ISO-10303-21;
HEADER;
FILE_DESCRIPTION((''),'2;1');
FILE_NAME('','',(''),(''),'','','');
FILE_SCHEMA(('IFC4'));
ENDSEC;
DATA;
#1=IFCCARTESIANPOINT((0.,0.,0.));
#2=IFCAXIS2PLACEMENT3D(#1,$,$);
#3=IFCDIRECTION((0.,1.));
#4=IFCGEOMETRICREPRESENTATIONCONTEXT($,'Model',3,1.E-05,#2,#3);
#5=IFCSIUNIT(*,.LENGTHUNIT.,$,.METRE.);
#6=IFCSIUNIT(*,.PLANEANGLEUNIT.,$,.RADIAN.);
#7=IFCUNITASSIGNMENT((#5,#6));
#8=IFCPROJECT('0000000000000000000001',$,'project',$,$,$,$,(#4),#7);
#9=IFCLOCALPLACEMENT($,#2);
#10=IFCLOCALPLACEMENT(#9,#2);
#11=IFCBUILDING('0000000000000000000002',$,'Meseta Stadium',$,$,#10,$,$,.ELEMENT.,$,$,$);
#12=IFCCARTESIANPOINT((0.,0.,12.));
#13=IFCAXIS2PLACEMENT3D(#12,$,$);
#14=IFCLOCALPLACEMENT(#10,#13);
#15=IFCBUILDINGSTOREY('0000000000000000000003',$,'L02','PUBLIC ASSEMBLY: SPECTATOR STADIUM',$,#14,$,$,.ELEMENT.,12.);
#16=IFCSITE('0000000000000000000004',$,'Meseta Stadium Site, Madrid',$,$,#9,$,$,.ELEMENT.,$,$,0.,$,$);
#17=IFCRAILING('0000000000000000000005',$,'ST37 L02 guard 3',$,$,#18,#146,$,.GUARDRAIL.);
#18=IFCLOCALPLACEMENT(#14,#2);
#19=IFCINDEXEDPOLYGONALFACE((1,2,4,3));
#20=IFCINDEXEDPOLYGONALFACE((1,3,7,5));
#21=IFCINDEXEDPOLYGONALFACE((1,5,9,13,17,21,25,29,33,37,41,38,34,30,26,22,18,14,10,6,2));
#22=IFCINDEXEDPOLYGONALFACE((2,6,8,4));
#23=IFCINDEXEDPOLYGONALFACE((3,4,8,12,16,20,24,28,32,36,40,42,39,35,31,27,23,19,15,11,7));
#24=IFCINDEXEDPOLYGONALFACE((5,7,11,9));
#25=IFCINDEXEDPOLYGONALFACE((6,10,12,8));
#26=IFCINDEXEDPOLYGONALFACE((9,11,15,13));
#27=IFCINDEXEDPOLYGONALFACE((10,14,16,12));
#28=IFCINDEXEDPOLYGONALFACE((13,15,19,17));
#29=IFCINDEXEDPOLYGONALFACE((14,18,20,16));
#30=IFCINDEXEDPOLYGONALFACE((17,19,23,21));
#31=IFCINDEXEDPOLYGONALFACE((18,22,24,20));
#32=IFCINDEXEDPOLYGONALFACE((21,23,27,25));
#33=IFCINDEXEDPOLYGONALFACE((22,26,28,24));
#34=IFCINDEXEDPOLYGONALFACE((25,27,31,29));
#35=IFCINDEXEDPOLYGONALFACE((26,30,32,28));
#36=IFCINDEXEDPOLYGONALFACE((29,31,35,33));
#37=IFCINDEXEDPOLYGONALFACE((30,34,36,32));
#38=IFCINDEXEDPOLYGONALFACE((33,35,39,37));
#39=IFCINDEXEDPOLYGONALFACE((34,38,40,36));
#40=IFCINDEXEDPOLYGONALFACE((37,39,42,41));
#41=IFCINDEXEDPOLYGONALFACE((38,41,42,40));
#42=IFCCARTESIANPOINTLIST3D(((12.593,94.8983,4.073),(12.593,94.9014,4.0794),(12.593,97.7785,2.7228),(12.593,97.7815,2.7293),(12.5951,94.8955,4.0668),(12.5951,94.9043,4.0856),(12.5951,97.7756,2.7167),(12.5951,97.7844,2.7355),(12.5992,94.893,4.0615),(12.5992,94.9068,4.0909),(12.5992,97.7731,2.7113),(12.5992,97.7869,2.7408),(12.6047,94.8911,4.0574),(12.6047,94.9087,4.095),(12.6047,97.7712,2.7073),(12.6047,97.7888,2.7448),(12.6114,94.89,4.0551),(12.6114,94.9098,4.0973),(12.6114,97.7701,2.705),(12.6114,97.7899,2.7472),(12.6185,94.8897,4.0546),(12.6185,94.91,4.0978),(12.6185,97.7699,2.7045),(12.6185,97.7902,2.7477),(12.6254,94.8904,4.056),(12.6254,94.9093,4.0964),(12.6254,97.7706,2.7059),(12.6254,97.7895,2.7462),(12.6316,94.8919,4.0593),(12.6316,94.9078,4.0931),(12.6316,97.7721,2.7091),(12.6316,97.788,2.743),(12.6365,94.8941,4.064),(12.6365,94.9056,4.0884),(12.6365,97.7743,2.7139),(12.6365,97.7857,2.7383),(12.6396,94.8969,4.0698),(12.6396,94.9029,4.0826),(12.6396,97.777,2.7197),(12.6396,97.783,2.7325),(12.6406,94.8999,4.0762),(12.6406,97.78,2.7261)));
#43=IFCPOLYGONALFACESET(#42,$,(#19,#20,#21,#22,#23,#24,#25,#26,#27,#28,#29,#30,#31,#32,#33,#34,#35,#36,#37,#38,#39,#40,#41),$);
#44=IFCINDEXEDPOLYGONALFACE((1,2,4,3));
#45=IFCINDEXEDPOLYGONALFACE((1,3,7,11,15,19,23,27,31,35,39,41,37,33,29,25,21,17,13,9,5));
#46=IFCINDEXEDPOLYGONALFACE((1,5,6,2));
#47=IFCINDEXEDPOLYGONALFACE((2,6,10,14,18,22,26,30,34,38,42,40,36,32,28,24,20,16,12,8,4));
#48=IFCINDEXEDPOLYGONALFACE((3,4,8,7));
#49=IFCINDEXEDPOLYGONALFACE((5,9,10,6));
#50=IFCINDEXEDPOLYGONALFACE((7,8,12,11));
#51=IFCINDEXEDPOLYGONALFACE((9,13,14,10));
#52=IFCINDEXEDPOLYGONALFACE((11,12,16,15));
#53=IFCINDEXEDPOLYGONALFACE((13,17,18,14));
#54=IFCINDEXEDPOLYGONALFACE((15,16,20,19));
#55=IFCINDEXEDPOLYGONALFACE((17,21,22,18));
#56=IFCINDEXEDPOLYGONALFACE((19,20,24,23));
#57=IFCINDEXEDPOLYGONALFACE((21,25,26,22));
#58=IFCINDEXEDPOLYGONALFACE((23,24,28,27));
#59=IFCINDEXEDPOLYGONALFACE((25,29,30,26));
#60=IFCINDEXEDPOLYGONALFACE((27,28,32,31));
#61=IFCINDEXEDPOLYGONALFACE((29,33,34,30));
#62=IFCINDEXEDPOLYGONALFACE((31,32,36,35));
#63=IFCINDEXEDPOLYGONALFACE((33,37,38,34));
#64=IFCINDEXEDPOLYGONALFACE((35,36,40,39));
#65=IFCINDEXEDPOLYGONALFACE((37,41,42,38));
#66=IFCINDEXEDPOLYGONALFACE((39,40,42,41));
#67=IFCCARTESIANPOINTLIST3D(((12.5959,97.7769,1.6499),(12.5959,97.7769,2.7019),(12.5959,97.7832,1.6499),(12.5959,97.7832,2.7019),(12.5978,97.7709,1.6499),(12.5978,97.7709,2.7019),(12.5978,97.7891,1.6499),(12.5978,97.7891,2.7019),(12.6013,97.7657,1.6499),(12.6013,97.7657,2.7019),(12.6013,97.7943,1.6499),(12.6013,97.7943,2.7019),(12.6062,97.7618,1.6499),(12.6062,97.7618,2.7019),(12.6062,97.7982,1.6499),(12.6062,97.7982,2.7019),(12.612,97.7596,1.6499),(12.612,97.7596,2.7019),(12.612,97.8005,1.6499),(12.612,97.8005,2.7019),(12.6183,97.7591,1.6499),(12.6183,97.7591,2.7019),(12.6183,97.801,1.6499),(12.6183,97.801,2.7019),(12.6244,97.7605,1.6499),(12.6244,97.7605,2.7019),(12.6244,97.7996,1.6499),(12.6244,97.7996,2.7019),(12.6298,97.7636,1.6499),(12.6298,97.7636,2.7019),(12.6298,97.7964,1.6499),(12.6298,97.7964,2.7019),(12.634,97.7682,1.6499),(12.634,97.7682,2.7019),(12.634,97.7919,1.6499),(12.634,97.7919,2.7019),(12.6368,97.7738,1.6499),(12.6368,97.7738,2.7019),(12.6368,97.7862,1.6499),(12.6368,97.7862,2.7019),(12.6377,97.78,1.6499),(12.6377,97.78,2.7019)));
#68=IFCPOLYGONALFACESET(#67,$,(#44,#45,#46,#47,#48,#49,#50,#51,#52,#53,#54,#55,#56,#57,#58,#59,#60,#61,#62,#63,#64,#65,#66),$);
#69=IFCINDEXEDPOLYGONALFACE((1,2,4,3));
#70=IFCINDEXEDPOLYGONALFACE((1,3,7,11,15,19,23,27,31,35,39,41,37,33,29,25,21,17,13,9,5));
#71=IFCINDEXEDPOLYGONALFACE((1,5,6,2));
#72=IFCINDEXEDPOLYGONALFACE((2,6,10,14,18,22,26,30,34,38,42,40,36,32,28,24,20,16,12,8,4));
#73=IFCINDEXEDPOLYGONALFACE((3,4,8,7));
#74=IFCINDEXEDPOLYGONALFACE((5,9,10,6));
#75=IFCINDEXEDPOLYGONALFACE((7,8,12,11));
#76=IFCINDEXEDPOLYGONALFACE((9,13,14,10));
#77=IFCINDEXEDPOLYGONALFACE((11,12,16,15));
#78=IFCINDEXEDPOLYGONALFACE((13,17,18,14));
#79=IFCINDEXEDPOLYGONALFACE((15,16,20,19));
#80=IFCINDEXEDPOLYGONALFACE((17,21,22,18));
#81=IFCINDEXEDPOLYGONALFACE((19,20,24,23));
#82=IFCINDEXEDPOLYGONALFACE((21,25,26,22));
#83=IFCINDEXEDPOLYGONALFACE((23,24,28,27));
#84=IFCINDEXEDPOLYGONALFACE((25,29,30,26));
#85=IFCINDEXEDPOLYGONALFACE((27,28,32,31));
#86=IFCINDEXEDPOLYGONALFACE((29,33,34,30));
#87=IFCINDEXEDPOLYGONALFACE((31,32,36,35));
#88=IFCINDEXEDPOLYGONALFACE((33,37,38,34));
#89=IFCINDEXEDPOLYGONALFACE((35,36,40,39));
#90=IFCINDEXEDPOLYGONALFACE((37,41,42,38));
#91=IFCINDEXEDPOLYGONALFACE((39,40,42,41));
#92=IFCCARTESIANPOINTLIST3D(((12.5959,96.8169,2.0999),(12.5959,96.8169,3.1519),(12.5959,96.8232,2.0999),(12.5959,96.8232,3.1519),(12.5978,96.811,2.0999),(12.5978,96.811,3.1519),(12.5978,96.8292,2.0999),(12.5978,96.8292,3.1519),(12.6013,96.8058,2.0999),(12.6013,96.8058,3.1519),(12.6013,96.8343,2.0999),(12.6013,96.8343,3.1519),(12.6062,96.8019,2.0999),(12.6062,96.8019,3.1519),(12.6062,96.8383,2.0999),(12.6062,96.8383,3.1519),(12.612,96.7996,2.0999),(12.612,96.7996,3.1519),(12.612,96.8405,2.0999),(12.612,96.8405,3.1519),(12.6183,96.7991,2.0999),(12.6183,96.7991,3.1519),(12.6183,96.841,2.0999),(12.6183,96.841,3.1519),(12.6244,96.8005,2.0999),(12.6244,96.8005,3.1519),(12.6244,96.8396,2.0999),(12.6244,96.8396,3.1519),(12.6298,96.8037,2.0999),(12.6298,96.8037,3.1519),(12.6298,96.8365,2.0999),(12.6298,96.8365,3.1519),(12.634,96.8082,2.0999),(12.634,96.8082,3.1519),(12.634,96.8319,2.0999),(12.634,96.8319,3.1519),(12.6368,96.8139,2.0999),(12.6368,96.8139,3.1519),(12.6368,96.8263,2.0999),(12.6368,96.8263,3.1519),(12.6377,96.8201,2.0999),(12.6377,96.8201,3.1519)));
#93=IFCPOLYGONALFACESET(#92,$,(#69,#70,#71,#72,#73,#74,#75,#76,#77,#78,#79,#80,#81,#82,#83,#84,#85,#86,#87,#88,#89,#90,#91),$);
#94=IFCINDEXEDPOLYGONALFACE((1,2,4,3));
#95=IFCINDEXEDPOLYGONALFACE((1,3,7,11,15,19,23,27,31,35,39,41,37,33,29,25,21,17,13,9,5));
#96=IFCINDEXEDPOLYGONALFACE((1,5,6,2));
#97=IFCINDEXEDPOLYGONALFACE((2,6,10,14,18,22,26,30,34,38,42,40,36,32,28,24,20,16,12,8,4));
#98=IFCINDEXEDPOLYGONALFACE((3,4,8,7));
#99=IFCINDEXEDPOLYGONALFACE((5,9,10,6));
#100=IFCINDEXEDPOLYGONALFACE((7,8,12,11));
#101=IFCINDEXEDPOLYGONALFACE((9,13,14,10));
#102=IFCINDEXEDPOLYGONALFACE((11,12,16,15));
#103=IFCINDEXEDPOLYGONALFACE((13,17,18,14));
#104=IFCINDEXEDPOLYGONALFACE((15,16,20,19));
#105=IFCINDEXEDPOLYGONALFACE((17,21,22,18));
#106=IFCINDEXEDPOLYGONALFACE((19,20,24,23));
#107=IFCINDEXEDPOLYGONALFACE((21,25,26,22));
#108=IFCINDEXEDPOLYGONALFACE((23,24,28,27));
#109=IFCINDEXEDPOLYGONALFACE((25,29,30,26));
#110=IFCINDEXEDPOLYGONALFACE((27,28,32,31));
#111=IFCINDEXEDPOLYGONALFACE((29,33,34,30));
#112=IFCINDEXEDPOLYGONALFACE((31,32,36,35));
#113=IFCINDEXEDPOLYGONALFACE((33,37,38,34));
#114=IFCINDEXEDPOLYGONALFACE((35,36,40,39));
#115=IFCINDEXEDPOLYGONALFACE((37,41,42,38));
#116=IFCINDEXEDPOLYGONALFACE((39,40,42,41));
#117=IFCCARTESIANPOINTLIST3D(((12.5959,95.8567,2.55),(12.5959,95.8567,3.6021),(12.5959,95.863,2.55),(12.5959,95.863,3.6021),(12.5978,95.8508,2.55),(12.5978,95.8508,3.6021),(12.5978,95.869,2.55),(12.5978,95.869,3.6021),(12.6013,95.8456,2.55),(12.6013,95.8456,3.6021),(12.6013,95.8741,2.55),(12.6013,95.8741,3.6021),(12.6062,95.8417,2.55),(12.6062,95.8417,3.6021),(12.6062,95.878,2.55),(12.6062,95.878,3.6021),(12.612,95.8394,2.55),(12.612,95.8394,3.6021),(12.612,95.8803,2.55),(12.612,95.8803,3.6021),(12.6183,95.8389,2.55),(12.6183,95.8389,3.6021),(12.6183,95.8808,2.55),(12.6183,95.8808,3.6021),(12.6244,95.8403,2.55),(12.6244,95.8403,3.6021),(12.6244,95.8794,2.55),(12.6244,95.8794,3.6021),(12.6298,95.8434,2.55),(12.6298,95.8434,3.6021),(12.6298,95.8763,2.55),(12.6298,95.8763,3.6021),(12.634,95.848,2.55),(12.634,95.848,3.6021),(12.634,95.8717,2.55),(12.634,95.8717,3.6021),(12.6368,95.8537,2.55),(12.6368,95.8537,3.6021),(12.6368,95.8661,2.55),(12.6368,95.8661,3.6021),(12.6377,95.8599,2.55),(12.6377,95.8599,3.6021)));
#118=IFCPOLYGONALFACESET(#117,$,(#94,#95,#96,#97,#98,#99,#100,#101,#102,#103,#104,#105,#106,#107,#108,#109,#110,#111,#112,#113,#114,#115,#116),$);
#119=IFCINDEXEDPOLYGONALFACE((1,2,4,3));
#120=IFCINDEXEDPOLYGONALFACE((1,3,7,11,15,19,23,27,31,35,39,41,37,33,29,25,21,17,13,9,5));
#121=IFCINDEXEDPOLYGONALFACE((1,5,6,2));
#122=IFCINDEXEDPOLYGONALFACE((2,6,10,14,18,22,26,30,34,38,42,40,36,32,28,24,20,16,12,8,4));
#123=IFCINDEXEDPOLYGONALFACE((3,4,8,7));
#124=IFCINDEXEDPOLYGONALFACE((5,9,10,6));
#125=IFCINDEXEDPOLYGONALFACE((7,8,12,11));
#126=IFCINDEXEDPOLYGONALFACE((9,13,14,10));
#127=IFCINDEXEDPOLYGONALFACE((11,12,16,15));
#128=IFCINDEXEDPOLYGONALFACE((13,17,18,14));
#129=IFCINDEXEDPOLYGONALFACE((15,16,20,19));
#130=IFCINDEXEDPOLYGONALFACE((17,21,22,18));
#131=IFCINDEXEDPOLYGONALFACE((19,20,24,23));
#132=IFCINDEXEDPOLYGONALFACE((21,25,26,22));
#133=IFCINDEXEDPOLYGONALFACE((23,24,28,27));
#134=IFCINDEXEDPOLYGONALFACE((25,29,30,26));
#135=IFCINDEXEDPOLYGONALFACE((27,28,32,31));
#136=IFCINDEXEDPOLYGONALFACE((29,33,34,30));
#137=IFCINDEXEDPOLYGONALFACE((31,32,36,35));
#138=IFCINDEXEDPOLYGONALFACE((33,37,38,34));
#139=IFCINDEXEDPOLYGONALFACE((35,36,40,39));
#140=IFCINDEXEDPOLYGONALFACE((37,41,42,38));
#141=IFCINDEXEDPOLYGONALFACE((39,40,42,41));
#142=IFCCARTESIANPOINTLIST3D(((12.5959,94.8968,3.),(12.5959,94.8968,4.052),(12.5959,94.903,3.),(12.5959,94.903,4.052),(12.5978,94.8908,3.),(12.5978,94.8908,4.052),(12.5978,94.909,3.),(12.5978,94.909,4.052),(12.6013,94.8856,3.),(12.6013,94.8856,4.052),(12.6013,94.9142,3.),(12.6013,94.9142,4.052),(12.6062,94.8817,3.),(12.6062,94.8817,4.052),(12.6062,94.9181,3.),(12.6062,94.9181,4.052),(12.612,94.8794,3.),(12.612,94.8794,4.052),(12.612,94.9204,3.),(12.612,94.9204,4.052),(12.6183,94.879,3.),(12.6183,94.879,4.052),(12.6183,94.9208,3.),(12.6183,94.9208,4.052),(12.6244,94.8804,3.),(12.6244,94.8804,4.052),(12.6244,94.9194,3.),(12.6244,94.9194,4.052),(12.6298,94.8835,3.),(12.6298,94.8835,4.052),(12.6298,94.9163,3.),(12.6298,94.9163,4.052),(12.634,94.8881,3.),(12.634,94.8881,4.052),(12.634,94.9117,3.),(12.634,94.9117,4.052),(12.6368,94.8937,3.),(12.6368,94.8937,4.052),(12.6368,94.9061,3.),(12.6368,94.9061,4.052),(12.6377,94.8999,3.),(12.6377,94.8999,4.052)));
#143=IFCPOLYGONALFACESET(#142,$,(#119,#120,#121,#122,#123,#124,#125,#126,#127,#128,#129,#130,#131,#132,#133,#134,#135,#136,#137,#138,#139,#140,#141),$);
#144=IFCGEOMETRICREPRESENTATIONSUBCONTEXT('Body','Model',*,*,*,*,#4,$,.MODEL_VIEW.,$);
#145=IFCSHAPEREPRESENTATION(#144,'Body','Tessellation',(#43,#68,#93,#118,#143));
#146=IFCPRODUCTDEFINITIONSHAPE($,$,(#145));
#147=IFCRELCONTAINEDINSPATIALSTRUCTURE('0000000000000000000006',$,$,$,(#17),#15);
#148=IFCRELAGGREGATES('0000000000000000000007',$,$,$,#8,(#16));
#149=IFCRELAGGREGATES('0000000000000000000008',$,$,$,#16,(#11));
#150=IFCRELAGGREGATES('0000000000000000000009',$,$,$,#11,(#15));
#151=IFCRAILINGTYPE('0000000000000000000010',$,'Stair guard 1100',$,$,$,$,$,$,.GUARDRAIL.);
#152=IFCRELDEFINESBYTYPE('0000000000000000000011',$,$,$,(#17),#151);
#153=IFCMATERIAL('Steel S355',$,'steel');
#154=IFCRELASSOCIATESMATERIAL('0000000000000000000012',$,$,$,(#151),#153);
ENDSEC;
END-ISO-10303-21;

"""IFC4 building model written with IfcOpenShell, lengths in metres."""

from ifc_helpers import new_model, si_unit, direction, frame, origin, origin_2d, place, context, subcontext, project, spatial, circle, extrude, material, type_object, element, save


model = new_model("IFC4")

# Units and contexts
model_context = context("Model", 3, precision=1e-05, world=origin(), true_north=direction((0.0, 1.0)))
body_context = subcontext(model_context, "Body", "Model", "MODEL_VIEW")
ifc_project = project(units=[si_unit("LENGTHUNIT", "METRE"), si_unit("PLANEANGLEUNIT", "RADIAN")], contexts=[model_context])

# Site, building, storey
site_placement = place(None, origin())
site = spatial("IfcSite", under=ifc_project, at=site_placement, Name="Meseta Stadium Site, Madrid", CompositionType="ELEMENT", RefElevation=0.0)
building_placement = place(site_placement, origin())
building = spatial("IfcBuilding", under=site, at=building_placement, Name="Meseta Stadium", CompositionType="ELEMENT")
storey_placement = place(building_placement, frame((0.0, 0.0, 12.0)))
storey = spatial("IfcBuildingStorey", under=building, at=storey_placement, Name="L02", Description="PUBLIC ASSEMBLY: SPECTATOR STADIUM", CompositionType="ELEMENT", Elevation=12.0)

# Railing
ifc_material_1 = material(Name="Steel S355", Category="steel")
railing_type_1 = type_object("IfcRailingType", Name="Stair guard 1100", PredefinedType="GUARDRAIL", material=ifc_material_1)
railing_1_placement = place(storey_placement, frame((12.6167, 97.78, 1.6499)))
element("IfcRailing", 1, at=railing_1_placement, inside=storey, type_object=railing_type_1, Name="ST37 L02 guard 3", PredefinedType="GUARDRAIL", context=body_context, shape_type="SweptSolid", body=[
    extrude(circle(Radius=0.0239, at=origin_2d()), frame((0.0, 0.0, 1.0762), z_axis=(0.0, -0.905454, 0.424444), x_axis=(1.0, 0.0, 0.0)), (0.0, 0.0, 1.0), 3.1809),
    extrude(circle(Radius=0.021, at=origin_2d()), origin(), (0.0, 0.0, 1.0), 1.052),
    extrude(circle(Radius=0.021, at=origin_2d()), frame((0.0, -0.96, 0.45)), (0.0, 0.0, 1.0), 1.052),
    extrude(circle(Radius=0.021, at=origin_2d()), frame((0.0, -1.9202, 0.9001)), (0.0, 0.0, 1.0), 1.052),
    extrude(circle(Radius=0.021, at=origin_2d()), frame((0.0, -2.8801, 1.3501)), (0.0, 0.0, 1.0), 1.052),
])

save(model, "model.ifc")
